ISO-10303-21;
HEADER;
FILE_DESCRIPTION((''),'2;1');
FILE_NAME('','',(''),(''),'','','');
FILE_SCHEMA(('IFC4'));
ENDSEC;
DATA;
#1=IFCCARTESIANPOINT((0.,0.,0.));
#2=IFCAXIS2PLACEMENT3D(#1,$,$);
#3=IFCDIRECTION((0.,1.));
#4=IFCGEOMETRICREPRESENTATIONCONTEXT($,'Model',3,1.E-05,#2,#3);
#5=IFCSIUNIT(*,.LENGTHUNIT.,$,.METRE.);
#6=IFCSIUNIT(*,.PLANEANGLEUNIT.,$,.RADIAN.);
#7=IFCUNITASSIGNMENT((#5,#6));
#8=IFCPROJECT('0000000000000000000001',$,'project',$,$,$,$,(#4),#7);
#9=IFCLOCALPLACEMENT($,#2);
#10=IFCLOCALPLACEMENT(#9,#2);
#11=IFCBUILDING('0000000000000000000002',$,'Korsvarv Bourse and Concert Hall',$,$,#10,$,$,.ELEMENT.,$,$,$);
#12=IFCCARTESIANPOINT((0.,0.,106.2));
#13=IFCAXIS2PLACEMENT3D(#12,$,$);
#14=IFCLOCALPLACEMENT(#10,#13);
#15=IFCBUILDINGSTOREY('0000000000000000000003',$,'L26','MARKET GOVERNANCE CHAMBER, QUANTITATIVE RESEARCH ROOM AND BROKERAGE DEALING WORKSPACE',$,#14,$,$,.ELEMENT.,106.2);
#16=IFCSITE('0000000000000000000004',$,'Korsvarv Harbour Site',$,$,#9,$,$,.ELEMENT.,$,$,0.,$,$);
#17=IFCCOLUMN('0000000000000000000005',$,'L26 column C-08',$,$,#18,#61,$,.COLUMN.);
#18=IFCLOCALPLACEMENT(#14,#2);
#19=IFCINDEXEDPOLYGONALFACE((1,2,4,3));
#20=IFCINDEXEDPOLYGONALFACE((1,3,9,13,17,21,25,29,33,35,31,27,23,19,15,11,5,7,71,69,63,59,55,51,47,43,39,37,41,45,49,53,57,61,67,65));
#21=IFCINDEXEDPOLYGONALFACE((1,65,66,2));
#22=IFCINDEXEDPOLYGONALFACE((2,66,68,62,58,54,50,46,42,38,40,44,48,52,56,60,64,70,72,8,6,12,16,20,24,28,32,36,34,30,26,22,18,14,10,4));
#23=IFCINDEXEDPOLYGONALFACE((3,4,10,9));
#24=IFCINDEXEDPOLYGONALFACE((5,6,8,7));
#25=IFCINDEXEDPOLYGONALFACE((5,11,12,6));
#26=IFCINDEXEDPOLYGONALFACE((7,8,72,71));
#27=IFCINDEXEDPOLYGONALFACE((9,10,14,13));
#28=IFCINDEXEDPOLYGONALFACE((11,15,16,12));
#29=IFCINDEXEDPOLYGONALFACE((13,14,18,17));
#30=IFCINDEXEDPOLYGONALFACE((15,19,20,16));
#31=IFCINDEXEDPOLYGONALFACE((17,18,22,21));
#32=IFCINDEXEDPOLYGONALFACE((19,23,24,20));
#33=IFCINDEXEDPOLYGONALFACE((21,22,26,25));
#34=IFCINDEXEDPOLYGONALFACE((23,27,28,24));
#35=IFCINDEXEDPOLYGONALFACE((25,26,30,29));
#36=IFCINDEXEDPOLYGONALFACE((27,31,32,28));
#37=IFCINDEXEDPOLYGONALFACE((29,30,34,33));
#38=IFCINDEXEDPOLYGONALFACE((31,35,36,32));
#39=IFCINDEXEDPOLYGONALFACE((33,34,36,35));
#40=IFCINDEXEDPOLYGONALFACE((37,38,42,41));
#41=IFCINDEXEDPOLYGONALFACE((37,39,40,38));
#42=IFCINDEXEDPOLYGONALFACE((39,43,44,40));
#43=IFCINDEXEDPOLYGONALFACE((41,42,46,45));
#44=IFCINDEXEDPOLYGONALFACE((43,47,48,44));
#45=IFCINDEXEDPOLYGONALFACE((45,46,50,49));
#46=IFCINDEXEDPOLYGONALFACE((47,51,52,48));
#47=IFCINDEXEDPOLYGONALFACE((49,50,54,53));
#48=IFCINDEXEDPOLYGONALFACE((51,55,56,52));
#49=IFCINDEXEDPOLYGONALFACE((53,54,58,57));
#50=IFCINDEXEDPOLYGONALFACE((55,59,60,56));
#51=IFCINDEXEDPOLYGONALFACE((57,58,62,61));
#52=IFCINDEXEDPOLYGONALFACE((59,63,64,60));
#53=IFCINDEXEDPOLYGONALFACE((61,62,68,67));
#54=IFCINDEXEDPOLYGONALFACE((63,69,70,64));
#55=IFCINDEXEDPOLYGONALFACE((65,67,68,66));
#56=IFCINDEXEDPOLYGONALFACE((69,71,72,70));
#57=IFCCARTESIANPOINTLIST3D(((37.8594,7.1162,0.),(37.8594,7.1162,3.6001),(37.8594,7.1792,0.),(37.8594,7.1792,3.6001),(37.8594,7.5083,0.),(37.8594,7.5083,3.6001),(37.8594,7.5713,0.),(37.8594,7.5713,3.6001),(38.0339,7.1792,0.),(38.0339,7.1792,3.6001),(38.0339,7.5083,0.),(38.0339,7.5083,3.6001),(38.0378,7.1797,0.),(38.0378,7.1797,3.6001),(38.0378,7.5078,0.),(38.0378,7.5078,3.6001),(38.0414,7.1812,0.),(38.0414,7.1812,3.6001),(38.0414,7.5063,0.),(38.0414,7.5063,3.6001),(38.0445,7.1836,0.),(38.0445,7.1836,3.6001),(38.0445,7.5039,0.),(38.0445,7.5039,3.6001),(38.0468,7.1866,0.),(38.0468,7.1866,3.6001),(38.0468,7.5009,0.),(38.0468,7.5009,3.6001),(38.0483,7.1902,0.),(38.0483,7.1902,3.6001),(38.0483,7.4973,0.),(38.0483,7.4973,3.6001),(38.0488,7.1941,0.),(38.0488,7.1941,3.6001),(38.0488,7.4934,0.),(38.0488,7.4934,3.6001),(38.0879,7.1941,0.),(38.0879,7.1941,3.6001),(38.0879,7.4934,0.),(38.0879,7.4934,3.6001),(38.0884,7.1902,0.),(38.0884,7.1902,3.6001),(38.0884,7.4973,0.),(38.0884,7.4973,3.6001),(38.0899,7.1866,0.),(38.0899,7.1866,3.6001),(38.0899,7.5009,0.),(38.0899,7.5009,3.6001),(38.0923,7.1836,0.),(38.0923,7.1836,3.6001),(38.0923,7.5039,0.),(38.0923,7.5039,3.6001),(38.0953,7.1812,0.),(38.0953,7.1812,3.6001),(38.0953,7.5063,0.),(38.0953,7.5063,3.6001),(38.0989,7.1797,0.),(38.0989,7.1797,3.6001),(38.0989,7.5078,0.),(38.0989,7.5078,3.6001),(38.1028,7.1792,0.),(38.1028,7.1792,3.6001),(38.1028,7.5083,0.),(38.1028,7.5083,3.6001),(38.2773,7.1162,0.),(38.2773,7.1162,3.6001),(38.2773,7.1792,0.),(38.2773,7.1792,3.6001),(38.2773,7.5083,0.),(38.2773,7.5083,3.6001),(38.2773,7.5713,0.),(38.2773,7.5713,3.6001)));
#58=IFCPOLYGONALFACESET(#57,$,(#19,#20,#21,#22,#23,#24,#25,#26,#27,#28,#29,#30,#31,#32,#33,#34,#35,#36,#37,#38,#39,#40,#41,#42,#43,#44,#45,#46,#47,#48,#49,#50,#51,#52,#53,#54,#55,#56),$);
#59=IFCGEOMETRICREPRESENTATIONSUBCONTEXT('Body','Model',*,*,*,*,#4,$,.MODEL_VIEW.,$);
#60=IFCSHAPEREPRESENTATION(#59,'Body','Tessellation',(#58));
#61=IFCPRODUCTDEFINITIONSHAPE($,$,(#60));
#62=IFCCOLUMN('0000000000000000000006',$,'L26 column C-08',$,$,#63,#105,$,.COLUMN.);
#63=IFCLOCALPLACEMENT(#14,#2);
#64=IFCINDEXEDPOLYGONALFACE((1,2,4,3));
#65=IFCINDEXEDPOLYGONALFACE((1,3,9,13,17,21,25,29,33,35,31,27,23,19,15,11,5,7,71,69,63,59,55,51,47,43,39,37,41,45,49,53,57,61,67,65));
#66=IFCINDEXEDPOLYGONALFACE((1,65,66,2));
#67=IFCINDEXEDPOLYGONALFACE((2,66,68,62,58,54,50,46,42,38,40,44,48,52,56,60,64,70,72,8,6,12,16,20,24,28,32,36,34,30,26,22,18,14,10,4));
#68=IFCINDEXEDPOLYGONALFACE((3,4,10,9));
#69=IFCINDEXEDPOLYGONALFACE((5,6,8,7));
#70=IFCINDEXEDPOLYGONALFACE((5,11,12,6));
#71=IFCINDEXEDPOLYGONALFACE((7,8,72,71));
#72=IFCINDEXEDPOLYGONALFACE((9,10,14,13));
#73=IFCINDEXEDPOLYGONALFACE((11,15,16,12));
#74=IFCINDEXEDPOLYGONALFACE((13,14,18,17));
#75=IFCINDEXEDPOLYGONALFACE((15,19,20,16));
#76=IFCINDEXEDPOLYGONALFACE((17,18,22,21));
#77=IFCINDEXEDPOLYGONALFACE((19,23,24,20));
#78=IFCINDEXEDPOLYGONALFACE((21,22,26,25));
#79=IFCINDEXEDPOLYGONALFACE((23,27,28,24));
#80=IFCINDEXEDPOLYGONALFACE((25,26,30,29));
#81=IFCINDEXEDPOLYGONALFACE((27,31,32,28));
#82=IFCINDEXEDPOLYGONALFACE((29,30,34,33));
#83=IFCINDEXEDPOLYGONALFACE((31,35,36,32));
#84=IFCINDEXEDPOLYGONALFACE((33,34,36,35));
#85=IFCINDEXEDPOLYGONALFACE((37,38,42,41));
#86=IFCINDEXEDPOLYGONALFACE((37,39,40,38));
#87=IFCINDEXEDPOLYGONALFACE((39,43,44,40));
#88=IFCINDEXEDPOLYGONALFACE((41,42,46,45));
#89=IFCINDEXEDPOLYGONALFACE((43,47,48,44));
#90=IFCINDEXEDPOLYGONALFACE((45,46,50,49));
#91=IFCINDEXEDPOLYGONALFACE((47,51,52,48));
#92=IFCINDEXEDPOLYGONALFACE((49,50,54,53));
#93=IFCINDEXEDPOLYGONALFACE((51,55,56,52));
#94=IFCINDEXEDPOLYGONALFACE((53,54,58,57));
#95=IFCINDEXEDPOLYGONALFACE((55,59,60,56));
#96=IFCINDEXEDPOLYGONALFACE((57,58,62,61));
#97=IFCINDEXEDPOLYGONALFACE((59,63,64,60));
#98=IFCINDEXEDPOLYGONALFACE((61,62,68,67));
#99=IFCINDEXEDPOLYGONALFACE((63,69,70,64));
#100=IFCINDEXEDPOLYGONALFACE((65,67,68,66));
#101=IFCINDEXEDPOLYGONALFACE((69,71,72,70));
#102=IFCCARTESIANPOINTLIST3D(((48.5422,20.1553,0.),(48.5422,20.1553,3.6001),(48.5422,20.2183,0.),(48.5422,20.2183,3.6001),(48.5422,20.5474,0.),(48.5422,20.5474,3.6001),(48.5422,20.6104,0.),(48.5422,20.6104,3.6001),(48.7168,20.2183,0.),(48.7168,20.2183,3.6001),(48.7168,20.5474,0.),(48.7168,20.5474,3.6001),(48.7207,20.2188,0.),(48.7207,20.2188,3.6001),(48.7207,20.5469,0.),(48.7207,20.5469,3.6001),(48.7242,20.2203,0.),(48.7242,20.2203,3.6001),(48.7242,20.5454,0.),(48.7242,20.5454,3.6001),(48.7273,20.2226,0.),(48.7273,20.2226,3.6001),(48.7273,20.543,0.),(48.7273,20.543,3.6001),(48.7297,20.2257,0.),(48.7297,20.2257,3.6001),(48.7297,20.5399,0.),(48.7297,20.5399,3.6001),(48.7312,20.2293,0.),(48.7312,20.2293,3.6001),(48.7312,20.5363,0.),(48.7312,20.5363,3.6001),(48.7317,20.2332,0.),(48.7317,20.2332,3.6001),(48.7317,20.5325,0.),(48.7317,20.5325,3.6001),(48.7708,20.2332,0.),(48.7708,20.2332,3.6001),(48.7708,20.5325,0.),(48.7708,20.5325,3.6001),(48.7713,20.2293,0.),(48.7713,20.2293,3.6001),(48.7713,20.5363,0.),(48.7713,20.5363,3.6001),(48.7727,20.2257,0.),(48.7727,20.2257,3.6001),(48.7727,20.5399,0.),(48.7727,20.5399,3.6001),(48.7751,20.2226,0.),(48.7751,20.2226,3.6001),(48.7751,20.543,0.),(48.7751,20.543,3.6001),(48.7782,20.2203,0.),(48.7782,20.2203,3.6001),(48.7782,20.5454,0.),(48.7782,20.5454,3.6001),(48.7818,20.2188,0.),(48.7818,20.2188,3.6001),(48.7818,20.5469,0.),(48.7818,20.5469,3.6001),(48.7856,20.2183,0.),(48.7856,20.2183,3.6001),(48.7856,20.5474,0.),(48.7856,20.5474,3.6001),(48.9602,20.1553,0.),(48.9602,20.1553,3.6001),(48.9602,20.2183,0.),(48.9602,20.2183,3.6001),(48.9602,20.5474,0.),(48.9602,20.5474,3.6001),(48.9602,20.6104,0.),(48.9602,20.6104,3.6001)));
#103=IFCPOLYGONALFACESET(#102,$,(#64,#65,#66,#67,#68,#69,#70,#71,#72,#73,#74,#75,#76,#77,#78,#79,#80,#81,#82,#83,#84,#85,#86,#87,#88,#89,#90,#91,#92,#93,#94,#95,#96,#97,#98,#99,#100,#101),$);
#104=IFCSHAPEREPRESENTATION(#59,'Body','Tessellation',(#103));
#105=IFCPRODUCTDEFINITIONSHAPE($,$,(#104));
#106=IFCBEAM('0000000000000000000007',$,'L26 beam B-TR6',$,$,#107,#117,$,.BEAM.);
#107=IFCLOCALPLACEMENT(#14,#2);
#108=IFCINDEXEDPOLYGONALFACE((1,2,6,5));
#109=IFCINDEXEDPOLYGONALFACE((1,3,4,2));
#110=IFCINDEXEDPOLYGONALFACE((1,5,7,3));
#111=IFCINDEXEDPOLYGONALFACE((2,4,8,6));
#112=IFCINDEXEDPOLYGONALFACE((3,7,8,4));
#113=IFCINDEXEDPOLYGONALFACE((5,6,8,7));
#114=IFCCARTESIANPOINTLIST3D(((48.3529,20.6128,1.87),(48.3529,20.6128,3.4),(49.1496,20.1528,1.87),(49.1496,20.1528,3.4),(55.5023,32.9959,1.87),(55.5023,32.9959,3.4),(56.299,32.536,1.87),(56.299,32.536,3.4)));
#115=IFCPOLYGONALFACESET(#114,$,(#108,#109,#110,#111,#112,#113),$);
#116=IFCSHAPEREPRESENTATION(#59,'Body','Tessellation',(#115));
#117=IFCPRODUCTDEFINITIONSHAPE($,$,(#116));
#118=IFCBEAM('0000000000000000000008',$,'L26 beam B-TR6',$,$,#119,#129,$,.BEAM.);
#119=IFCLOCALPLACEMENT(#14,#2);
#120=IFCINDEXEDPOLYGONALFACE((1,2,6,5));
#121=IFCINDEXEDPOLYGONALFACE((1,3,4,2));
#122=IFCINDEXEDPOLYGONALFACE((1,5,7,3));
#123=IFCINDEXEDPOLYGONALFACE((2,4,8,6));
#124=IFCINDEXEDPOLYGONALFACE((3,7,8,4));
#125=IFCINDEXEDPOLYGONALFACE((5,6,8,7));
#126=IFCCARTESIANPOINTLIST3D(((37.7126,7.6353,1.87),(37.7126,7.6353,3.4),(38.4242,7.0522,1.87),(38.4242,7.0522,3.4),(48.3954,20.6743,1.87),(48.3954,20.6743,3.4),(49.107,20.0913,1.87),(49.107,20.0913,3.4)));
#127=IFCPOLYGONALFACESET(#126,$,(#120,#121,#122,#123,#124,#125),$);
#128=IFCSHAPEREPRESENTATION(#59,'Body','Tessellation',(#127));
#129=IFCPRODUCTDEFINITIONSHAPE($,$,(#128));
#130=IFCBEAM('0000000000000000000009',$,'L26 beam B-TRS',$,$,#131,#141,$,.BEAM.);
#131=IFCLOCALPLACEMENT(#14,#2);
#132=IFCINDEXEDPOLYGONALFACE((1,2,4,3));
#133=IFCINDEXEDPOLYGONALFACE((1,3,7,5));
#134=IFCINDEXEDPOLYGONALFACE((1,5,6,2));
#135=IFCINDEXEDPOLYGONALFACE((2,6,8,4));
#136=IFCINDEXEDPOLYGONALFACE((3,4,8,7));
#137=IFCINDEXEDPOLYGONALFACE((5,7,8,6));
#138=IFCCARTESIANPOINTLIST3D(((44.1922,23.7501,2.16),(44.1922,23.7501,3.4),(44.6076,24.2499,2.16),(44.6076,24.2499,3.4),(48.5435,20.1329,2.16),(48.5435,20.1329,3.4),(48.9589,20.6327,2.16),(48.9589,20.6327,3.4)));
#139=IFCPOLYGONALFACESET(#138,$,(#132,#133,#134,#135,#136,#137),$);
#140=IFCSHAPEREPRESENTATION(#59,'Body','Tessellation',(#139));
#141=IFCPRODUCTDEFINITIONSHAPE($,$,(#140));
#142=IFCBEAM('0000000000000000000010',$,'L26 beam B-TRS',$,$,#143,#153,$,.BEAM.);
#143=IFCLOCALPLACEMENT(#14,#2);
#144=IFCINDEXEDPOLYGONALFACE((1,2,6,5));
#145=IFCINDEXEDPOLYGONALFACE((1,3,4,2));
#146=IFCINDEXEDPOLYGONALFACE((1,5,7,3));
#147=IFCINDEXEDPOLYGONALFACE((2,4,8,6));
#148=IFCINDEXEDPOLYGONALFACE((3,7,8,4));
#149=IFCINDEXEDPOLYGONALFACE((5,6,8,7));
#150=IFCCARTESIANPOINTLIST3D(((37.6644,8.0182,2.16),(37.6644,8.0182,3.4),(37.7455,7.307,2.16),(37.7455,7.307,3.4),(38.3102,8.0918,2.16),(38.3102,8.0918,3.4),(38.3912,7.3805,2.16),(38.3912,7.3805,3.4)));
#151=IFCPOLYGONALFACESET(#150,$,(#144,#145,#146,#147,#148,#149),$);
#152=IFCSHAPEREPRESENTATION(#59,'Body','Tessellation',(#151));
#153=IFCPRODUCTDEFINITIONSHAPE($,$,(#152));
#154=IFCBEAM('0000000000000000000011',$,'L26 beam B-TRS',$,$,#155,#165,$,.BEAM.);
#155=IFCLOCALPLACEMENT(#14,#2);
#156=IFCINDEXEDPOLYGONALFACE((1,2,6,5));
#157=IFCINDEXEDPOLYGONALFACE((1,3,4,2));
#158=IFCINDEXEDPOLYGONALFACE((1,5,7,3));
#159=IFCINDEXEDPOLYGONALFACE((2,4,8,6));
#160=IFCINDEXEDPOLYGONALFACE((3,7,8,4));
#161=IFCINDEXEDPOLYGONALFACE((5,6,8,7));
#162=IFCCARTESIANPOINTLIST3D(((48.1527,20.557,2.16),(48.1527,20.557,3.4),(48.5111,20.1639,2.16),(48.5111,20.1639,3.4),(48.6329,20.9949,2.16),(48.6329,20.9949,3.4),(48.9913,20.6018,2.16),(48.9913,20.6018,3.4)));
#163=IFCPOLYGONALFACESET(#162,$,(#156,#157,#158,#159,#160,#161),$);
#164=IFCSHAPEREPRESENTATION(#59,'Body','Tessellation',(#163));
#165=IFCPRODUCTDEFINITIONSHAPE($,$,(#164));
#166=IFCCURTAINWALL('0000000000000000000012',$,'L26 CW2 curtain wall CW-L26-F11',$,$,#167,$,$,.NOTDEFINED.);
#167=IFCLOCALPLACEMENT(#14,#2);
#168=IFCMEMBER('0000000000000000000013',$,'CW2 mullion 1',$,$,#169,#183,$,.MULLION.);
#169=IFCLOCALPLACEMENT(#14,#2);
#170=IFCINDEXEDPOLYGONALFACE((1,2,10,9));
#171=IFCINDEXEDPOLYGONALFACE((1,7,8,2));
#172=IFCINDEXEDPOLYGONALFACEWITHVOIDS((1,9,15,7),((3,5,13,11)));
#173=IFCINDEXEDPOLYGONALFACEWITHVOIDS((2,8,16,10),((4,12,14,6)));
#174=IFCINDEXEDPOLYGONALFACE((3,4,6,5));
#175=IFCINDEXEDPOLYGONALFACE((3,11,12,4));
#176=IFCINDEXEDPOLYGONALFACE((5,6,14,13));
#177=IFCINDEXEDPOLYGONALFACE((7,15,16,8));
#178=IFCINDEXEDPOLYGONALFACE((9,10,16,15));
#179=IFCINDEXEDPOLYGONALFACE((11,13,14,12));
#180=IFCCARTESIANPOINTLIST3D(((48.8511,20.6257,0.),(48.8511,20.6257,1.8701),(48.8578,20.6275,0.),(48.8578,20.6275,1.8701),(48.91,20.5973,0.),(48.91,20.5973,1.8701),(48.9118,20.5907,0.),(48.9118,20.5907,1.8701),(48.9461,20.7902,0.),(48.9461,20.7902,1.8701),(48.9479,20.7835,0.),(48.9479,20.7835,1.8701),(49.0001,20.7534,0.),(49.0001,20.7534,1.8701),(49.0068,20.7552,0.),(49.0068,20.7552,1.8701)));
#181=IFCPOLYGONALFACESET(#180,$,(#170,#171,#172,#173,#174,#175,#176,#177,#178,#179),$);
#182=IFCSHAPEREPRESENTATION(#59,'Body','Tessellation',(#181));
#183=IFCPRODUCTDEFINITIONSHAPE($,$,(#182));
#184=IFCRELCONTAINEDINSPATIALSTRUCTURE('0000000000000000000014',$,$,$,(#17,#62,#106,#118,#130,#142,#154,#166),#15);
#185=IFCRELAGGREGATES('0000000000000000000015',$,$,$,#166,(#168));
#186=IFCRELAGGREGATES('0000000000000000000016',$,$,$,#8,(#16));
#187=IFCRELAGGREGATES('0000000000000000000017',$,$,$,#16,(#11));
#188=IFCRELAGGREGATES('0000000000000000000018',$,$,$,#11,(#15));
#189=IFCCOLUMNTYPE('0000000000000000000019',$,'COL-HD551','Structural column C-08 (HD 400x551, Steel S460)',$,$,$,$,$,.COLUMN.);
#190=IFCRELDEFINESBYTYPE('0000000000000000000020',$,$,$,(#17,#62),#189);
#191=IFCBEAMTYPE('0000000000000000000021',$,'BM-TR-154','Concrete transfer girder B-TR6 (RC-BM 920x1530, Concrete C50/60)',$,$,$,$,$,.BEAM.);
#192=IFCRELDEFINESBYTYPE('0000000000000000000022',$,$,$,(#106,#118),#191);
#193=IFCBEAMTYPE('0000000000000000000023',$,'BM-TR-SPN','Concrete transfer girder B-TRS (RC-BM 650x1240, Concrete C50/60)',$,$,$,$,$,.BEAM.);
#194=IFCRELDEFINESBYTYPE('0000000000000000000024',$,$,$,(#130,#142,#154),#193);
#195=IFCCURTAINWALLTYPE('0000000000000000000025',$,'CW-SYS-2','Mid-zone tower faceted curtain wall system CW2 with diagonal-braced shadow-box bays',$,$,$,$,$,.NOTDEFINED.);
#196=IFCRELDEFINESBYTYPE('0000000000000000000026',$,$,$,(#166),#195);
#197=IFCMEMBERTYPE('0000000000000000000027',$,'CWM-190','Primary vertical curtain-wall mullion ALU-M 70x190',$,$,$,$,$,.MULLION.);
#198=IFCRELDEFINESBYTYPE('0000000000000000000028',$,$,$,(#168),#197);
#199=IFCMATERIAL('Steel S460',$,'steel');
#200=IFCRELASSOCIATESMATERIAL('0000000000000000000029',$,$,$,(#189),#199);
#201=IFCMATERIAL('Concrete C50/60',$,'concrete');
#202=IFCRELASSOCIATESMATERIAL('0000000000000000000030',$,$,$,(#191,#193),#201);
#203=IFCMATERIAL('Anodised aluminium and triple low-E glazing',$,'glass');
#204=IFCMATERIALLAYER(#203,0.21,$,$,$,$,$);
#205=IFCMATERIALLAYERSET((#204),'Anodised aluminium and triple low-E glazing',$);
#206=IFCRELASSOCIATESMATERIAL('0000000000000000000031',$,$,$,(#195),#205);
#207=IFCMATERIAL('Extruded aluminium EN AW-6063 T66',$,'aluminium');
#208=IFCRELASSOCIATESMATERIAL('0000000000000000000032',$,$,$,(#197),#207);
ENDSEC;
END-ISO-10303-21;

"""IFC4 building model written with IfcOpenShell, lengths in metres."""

from ifc_helpers import new_model, si_unit, direction, frame, origin, origin_2d, place, context, subcontext, project, spatial, rectangle, hollow_rectangle, i_section, extrude, source, transform, mapped, material, layer, layer_set, material_profile, profile_set, type_object, element, aggregate, save


model = new_model("IFC4")

# Units and contexts
model_context = context("Model", 3, precision=1e-05, world=origin(), true_north=direction((0.0, 1.0)))
body_context = subcontext(model_context, "Body", "Model", "MODEL_VIEW")
ifc_project = project(units=[si_unit("LENGTHUNIT", "METRE"), si_unit("PLANEANGLEUNIT", "RADIAN")], contexts=[model_context])

# Site, building, storey
site_placement = place(None, origin())
site = spatial("IfcSite", under=ifc_project, at=site_placement, Name="Korsvarv Harbour Site", CompositionType="ELEMENT", RefElevation=0.0)
building_placement = place(site_placement, origin())
building = spatial("IfcBuilding", under=site, at=building_placement, Name="Korsvarv Bourse and Concert Hall", CompositionType="ELEMENT")
storey_placement = place(building_placement, frame((0.0, 0.0, 106.2)))
storey = spatial("IfcBuildingStorey", under=building, at=storey_placement, Name="L26", Description="MARKET GOVERNANCE CHAMBER, QUANTITATIVE RESEARCH ROOM AND BROKERAGE DEALING WORKSPACE", CompositionType="ELEMENT", Elevation=106.2)

# Columns
ifc_material_1 = material(Name="Steel S460", Category="steel")
ifc_material_profile_1 = material_profile(ifc_material_1, i_section(OverallWidth=0.418, OverallDepth=0.4551, WebThickness=0.0391, FlangeThickness=0.063, FilletRadius=0.0149, at=origin_2d()), Name="HD 400x551")
ifc_profile_set_1 = profile_set([ifc_material_profile_1], Name="Steel S460")
column_type = type_object("IfcColumnType", Name="COL-HD551", Description="Structural column C-08 (HD 400x551, Steel S460)", PredefinedType="COLUMN", material=ifc_profile_set_1)
shared_shape_1 = source(origin(), body_context, "Body", "SweptSolid", [
    extrude(i_section(OverallWidth=0.418, OverallDepth=0.4551, WebThickness=0.0391, FlangeThickness=0.063, FilletRadius=0.0149, at=origin_2d()), origin(), (0.0, 0.0, 1.0), 3.6001),
])
for number, where, z_axis, x_axis, name in (
    (1, (38.0684, 7.3438, 0.0), (0.0, 0.0, 1.0), (1.0, 0.0, 0.0), "L26 column C-08"),
    (2, (48.7512, 20.3828, 0.0), (0.0, 0.0, 1.0), (1.0, 0.0, 0.0), "L26 column C-08"),
):
    element("IfcColumn", number, at=place(storey_placement, frame(where, z_axis=z_axis, x_axis=x_axis)), inside=storey, type_object=column_type, Name=name, PredefinedType="COLUMN", context=body_context, shape_type="MappedRepresentation", body=[
        mapped(shared_shape_1, transform((0.0, 0.0, 0.0), scale=1.0)),
    ])

# Beams
ifc_material_2 = material(Name="Concrete C50/60", Category="concrete")
ifc_material_profile_2 = material_profile(ifc_material_2, rectangle(XDim=0.9199, YDim=1.53, at=origin_2d()), Name="RC-BM 920x1530")
ifc_profile_set_2 = profile_set([ifc_material_profile_2], Name="Concrete C50/60")
beam_type_1 = type_object("IfcBeamType", Name="BM-TR-154", Description="Concrete transfer girder B-TR6 (RC-BM 920x1530, Concrete C50/60)", PredefinedType="BEAM", material=ifc_profile_set_2)
shared_shape_2 = source(origin(), body_context, "Body", "SweptSolid", [
    extrude(rectangle(XDim=0.9199, YDim=1.53, at=origin_2d()), origin(), (0.0, 0.0, 1.0), 14.2988),
])
beam_1_placement = place(storey_placement, frame((48.7512, 20.3828, 2.635), z_axis=(0.500003, 0.866024, 0.0), x_axis=(-0.866024, 0.500003, 0.0)))
element("IfcBeam", 3, at=beam_1_placement, inside=storey, type_object=beam_type_1, Name="L26 beam B-TR6", PredefinedType="BEAM", context=body_context, shape_type="MappedRepresentation", body=[
    mapped(shared_shape_2, transform((0.0, 0.0, 0.0), scale=1.0)),
])
shared_shape_3 = source(origin(), body_context, "Body", "SweptSolid", [
    extrude(rectangle(XDim=0.9199, YDim=1.53, at=origin_2d()), origin(), (0.0, 0.0, 1.0), 16.8564),
])
beam_2_placement = place(storey_placement, frame((38.0684, 7.3438, 2.635), z_axis=(0.633754, 0.773534, 0.0), x_axis=(-0.773534, 0.633754, 0.0)))
element("IfcBeam", 4, at=beam_2_placement, inside=storey, type_object=beam_type_1, Name="L26 beam B-TR6", PredefinedType="BEAM", context=body_context, shape_type="MappedRepresentation", body=[
    mapped(shared_shape_3, transform((0.0, 0.0, 0.0), scale=1.0)),
])
ifc_material_profile_3 = material_profile(ifc_material_2, rectangle(XDim=0.6499, YDim=1.24, at=origin_2d()), Name="RC-BM 650x1240")
ifc_profile_set_3 = profile_set([ifc_material_profile_3], Name="Concrete C50/60")
beam_type_2 = type_object("IfcBeamType", Name="BM-TR-SPN", Description="Concrete transfer girder B-TRS (RC-BM 650x1240, Concrete C50/60)", PredefinedType="BEAM", material=ifc_profile_set_3)
shared_shape_4 = source(origin(), body_context, "Body", "SweptSolid", [
    extrude(rectangle(XDim=0.6499, YDim=1.24, at=origin_2d()), origin(), (0.0, 0.0, 1.0), 5.6584),
])
beam_3_placement = place(storey_placement, frame((48.7512, 20.3828, 2.78), z_axis=(-0.768995, 0.639255, 0.0), x_axis=(-0.639255, -0.768995, 0.0)))
element("IfcBeam", 5, at=beam_3_placement, inside=storey, type_object=beam_type_2, Name="L26 beam B-TRS", PredefinedType="BEAM", context=body_context, shape_type="MappedRepresentation", body=[
    mapped(shared_shape_4, transform((0.0, 0.0, 0.0), scale=1.0)),
])
shared_shape_5 = source(origin(), body_context, "Body", "SweptSolid", [
    extrude(rectangle(XDim=0.6499, YDim=1.24, at=origin_2d()), origin(), (0.0, 0.0, 1.0), 0.7158),
])
beam_4_placement = place(storey_placement, frame((38.0684, 7.3438, 2.78), z_axis=(-0.113239, 0.993568, 0.0), x_axis=(-0.993568, -0.113239, 0.0)))
element("IfcBeam", 6, at=beam_4_placement, inside=storey, type_object=beam_type_2, Name="L26 beam B-TRS", PredefinedType="BEAM", context=body_context, shape_type="MappedRepresentation", body=[
    mapped(shared_shape_5, transform((0.0, 0.0, 0.0), scale=1.0)),
])
shared_shape_6 = source(origin(), body_context, "Body", "SweptSolid", [
    extrude(rectangle(XDim=0.6499, YDim=1.24, at=origin_2d()), origin(), (0.0, 0.0, 1.0), 0.532),
])
beam_5_placement = place(storey_placement, frame((48.7512, 20.3828, 2.78), z_axis=(-0.673769, 0.738942, 0.0), x_axis=(-0.738942, -0.673769, 0.0)))
element("IfcBeam", 7, at=beam_5_placement, inside=storey, type_object=beam_type_2, Name="L26 beam B-TRS", PredefinedType="BEAM", context=body_context, shape_type="MappedRepresentation", body=[
    mapped(shared_shape_6, transform((0.0, 0.0, 0.0), scale=1.0)),
])

# Curtain wall, member
ifc_material_3 = material(Name="Anodised aluminium and triple low-E glazing", Category="glass")
ifc_layer_1 = layer(ifc_material_3, 0.21)
ifc_layer_set_1 = layer_set([ifc_layer_1], Name="Anodised aluminium and triple low-E glazing")
curtain_wall_type = type_object("IfcCurtainWallType", Name="CW-SYS-2", Description="Mid-zone tower faceted curtain wall system CW2 with diagonal-braced shadow-box bays", PredefinedType="NOTDEFINED", material=ifc_layer_set_1)
curtain_wall_placement = place(storey_placement, origin())
curtain_wall = element("IfcCurtainWall", 8, at=curtain_wall_placement, inside=storey, type_object=curtain_wall_type, Name="L26 CW2 curtain wall CW-L26-F11", PredefinedType="NOTDEFINED")
ifc_material_4 = material(Name="Extruded aluminium EN AW-6063 T66", Category="aluminium")
ifc_material_profile_4 = material_profile(ifc_material_4, hollow_rectangle(XDim=0.0701, YDim=0.1899, WallThickness=0.0049, at=origin_2d()), Name="ALU-M 70x190")
ifc_profile_set_4 = profile_set([ifc_material_profile_4], Name="Extruded aluminium EN AW-6063 T66")
member_type_1 = type_object("IfcMemberType", Name="CWM-190", Description="Primary vertical curtain-wall mullion ALU-M 70x190", PredefinedType="MULLION", material=ifc_profile_set_4)
shared_shape_7 = source(origin(), body_context, "Body", "SweptSolid", [
    extrude(hollow_rectangle(XDim=0.0701, YDim=0.1899, WallThickness=0.0049, at=origin_2d()), origin(), (0.0, 0.0, 1.0), 1.8701),
])
member_1_placement = place(storey_placement, frame((48.929, 20.6904, 0.0), z_axis=(0.0, 0.0, 1.0), x_axis=(-0.866024, 0.500002, 0.0)))
member_1 = element("IfcMember", 9, at=member_1_placement, type_object=member_type_1, Name="CW2 mullion 1", PredefinedType="MULLION", context=body_context, shape_type="MappedRepresentation", body=[
    mapped(shared_shape_7, transform((0.0, 0.0, 0.0), scale=1.0)),
])
aggregate(curtain_wall, [member_1])

save(model, "model.ifc")
